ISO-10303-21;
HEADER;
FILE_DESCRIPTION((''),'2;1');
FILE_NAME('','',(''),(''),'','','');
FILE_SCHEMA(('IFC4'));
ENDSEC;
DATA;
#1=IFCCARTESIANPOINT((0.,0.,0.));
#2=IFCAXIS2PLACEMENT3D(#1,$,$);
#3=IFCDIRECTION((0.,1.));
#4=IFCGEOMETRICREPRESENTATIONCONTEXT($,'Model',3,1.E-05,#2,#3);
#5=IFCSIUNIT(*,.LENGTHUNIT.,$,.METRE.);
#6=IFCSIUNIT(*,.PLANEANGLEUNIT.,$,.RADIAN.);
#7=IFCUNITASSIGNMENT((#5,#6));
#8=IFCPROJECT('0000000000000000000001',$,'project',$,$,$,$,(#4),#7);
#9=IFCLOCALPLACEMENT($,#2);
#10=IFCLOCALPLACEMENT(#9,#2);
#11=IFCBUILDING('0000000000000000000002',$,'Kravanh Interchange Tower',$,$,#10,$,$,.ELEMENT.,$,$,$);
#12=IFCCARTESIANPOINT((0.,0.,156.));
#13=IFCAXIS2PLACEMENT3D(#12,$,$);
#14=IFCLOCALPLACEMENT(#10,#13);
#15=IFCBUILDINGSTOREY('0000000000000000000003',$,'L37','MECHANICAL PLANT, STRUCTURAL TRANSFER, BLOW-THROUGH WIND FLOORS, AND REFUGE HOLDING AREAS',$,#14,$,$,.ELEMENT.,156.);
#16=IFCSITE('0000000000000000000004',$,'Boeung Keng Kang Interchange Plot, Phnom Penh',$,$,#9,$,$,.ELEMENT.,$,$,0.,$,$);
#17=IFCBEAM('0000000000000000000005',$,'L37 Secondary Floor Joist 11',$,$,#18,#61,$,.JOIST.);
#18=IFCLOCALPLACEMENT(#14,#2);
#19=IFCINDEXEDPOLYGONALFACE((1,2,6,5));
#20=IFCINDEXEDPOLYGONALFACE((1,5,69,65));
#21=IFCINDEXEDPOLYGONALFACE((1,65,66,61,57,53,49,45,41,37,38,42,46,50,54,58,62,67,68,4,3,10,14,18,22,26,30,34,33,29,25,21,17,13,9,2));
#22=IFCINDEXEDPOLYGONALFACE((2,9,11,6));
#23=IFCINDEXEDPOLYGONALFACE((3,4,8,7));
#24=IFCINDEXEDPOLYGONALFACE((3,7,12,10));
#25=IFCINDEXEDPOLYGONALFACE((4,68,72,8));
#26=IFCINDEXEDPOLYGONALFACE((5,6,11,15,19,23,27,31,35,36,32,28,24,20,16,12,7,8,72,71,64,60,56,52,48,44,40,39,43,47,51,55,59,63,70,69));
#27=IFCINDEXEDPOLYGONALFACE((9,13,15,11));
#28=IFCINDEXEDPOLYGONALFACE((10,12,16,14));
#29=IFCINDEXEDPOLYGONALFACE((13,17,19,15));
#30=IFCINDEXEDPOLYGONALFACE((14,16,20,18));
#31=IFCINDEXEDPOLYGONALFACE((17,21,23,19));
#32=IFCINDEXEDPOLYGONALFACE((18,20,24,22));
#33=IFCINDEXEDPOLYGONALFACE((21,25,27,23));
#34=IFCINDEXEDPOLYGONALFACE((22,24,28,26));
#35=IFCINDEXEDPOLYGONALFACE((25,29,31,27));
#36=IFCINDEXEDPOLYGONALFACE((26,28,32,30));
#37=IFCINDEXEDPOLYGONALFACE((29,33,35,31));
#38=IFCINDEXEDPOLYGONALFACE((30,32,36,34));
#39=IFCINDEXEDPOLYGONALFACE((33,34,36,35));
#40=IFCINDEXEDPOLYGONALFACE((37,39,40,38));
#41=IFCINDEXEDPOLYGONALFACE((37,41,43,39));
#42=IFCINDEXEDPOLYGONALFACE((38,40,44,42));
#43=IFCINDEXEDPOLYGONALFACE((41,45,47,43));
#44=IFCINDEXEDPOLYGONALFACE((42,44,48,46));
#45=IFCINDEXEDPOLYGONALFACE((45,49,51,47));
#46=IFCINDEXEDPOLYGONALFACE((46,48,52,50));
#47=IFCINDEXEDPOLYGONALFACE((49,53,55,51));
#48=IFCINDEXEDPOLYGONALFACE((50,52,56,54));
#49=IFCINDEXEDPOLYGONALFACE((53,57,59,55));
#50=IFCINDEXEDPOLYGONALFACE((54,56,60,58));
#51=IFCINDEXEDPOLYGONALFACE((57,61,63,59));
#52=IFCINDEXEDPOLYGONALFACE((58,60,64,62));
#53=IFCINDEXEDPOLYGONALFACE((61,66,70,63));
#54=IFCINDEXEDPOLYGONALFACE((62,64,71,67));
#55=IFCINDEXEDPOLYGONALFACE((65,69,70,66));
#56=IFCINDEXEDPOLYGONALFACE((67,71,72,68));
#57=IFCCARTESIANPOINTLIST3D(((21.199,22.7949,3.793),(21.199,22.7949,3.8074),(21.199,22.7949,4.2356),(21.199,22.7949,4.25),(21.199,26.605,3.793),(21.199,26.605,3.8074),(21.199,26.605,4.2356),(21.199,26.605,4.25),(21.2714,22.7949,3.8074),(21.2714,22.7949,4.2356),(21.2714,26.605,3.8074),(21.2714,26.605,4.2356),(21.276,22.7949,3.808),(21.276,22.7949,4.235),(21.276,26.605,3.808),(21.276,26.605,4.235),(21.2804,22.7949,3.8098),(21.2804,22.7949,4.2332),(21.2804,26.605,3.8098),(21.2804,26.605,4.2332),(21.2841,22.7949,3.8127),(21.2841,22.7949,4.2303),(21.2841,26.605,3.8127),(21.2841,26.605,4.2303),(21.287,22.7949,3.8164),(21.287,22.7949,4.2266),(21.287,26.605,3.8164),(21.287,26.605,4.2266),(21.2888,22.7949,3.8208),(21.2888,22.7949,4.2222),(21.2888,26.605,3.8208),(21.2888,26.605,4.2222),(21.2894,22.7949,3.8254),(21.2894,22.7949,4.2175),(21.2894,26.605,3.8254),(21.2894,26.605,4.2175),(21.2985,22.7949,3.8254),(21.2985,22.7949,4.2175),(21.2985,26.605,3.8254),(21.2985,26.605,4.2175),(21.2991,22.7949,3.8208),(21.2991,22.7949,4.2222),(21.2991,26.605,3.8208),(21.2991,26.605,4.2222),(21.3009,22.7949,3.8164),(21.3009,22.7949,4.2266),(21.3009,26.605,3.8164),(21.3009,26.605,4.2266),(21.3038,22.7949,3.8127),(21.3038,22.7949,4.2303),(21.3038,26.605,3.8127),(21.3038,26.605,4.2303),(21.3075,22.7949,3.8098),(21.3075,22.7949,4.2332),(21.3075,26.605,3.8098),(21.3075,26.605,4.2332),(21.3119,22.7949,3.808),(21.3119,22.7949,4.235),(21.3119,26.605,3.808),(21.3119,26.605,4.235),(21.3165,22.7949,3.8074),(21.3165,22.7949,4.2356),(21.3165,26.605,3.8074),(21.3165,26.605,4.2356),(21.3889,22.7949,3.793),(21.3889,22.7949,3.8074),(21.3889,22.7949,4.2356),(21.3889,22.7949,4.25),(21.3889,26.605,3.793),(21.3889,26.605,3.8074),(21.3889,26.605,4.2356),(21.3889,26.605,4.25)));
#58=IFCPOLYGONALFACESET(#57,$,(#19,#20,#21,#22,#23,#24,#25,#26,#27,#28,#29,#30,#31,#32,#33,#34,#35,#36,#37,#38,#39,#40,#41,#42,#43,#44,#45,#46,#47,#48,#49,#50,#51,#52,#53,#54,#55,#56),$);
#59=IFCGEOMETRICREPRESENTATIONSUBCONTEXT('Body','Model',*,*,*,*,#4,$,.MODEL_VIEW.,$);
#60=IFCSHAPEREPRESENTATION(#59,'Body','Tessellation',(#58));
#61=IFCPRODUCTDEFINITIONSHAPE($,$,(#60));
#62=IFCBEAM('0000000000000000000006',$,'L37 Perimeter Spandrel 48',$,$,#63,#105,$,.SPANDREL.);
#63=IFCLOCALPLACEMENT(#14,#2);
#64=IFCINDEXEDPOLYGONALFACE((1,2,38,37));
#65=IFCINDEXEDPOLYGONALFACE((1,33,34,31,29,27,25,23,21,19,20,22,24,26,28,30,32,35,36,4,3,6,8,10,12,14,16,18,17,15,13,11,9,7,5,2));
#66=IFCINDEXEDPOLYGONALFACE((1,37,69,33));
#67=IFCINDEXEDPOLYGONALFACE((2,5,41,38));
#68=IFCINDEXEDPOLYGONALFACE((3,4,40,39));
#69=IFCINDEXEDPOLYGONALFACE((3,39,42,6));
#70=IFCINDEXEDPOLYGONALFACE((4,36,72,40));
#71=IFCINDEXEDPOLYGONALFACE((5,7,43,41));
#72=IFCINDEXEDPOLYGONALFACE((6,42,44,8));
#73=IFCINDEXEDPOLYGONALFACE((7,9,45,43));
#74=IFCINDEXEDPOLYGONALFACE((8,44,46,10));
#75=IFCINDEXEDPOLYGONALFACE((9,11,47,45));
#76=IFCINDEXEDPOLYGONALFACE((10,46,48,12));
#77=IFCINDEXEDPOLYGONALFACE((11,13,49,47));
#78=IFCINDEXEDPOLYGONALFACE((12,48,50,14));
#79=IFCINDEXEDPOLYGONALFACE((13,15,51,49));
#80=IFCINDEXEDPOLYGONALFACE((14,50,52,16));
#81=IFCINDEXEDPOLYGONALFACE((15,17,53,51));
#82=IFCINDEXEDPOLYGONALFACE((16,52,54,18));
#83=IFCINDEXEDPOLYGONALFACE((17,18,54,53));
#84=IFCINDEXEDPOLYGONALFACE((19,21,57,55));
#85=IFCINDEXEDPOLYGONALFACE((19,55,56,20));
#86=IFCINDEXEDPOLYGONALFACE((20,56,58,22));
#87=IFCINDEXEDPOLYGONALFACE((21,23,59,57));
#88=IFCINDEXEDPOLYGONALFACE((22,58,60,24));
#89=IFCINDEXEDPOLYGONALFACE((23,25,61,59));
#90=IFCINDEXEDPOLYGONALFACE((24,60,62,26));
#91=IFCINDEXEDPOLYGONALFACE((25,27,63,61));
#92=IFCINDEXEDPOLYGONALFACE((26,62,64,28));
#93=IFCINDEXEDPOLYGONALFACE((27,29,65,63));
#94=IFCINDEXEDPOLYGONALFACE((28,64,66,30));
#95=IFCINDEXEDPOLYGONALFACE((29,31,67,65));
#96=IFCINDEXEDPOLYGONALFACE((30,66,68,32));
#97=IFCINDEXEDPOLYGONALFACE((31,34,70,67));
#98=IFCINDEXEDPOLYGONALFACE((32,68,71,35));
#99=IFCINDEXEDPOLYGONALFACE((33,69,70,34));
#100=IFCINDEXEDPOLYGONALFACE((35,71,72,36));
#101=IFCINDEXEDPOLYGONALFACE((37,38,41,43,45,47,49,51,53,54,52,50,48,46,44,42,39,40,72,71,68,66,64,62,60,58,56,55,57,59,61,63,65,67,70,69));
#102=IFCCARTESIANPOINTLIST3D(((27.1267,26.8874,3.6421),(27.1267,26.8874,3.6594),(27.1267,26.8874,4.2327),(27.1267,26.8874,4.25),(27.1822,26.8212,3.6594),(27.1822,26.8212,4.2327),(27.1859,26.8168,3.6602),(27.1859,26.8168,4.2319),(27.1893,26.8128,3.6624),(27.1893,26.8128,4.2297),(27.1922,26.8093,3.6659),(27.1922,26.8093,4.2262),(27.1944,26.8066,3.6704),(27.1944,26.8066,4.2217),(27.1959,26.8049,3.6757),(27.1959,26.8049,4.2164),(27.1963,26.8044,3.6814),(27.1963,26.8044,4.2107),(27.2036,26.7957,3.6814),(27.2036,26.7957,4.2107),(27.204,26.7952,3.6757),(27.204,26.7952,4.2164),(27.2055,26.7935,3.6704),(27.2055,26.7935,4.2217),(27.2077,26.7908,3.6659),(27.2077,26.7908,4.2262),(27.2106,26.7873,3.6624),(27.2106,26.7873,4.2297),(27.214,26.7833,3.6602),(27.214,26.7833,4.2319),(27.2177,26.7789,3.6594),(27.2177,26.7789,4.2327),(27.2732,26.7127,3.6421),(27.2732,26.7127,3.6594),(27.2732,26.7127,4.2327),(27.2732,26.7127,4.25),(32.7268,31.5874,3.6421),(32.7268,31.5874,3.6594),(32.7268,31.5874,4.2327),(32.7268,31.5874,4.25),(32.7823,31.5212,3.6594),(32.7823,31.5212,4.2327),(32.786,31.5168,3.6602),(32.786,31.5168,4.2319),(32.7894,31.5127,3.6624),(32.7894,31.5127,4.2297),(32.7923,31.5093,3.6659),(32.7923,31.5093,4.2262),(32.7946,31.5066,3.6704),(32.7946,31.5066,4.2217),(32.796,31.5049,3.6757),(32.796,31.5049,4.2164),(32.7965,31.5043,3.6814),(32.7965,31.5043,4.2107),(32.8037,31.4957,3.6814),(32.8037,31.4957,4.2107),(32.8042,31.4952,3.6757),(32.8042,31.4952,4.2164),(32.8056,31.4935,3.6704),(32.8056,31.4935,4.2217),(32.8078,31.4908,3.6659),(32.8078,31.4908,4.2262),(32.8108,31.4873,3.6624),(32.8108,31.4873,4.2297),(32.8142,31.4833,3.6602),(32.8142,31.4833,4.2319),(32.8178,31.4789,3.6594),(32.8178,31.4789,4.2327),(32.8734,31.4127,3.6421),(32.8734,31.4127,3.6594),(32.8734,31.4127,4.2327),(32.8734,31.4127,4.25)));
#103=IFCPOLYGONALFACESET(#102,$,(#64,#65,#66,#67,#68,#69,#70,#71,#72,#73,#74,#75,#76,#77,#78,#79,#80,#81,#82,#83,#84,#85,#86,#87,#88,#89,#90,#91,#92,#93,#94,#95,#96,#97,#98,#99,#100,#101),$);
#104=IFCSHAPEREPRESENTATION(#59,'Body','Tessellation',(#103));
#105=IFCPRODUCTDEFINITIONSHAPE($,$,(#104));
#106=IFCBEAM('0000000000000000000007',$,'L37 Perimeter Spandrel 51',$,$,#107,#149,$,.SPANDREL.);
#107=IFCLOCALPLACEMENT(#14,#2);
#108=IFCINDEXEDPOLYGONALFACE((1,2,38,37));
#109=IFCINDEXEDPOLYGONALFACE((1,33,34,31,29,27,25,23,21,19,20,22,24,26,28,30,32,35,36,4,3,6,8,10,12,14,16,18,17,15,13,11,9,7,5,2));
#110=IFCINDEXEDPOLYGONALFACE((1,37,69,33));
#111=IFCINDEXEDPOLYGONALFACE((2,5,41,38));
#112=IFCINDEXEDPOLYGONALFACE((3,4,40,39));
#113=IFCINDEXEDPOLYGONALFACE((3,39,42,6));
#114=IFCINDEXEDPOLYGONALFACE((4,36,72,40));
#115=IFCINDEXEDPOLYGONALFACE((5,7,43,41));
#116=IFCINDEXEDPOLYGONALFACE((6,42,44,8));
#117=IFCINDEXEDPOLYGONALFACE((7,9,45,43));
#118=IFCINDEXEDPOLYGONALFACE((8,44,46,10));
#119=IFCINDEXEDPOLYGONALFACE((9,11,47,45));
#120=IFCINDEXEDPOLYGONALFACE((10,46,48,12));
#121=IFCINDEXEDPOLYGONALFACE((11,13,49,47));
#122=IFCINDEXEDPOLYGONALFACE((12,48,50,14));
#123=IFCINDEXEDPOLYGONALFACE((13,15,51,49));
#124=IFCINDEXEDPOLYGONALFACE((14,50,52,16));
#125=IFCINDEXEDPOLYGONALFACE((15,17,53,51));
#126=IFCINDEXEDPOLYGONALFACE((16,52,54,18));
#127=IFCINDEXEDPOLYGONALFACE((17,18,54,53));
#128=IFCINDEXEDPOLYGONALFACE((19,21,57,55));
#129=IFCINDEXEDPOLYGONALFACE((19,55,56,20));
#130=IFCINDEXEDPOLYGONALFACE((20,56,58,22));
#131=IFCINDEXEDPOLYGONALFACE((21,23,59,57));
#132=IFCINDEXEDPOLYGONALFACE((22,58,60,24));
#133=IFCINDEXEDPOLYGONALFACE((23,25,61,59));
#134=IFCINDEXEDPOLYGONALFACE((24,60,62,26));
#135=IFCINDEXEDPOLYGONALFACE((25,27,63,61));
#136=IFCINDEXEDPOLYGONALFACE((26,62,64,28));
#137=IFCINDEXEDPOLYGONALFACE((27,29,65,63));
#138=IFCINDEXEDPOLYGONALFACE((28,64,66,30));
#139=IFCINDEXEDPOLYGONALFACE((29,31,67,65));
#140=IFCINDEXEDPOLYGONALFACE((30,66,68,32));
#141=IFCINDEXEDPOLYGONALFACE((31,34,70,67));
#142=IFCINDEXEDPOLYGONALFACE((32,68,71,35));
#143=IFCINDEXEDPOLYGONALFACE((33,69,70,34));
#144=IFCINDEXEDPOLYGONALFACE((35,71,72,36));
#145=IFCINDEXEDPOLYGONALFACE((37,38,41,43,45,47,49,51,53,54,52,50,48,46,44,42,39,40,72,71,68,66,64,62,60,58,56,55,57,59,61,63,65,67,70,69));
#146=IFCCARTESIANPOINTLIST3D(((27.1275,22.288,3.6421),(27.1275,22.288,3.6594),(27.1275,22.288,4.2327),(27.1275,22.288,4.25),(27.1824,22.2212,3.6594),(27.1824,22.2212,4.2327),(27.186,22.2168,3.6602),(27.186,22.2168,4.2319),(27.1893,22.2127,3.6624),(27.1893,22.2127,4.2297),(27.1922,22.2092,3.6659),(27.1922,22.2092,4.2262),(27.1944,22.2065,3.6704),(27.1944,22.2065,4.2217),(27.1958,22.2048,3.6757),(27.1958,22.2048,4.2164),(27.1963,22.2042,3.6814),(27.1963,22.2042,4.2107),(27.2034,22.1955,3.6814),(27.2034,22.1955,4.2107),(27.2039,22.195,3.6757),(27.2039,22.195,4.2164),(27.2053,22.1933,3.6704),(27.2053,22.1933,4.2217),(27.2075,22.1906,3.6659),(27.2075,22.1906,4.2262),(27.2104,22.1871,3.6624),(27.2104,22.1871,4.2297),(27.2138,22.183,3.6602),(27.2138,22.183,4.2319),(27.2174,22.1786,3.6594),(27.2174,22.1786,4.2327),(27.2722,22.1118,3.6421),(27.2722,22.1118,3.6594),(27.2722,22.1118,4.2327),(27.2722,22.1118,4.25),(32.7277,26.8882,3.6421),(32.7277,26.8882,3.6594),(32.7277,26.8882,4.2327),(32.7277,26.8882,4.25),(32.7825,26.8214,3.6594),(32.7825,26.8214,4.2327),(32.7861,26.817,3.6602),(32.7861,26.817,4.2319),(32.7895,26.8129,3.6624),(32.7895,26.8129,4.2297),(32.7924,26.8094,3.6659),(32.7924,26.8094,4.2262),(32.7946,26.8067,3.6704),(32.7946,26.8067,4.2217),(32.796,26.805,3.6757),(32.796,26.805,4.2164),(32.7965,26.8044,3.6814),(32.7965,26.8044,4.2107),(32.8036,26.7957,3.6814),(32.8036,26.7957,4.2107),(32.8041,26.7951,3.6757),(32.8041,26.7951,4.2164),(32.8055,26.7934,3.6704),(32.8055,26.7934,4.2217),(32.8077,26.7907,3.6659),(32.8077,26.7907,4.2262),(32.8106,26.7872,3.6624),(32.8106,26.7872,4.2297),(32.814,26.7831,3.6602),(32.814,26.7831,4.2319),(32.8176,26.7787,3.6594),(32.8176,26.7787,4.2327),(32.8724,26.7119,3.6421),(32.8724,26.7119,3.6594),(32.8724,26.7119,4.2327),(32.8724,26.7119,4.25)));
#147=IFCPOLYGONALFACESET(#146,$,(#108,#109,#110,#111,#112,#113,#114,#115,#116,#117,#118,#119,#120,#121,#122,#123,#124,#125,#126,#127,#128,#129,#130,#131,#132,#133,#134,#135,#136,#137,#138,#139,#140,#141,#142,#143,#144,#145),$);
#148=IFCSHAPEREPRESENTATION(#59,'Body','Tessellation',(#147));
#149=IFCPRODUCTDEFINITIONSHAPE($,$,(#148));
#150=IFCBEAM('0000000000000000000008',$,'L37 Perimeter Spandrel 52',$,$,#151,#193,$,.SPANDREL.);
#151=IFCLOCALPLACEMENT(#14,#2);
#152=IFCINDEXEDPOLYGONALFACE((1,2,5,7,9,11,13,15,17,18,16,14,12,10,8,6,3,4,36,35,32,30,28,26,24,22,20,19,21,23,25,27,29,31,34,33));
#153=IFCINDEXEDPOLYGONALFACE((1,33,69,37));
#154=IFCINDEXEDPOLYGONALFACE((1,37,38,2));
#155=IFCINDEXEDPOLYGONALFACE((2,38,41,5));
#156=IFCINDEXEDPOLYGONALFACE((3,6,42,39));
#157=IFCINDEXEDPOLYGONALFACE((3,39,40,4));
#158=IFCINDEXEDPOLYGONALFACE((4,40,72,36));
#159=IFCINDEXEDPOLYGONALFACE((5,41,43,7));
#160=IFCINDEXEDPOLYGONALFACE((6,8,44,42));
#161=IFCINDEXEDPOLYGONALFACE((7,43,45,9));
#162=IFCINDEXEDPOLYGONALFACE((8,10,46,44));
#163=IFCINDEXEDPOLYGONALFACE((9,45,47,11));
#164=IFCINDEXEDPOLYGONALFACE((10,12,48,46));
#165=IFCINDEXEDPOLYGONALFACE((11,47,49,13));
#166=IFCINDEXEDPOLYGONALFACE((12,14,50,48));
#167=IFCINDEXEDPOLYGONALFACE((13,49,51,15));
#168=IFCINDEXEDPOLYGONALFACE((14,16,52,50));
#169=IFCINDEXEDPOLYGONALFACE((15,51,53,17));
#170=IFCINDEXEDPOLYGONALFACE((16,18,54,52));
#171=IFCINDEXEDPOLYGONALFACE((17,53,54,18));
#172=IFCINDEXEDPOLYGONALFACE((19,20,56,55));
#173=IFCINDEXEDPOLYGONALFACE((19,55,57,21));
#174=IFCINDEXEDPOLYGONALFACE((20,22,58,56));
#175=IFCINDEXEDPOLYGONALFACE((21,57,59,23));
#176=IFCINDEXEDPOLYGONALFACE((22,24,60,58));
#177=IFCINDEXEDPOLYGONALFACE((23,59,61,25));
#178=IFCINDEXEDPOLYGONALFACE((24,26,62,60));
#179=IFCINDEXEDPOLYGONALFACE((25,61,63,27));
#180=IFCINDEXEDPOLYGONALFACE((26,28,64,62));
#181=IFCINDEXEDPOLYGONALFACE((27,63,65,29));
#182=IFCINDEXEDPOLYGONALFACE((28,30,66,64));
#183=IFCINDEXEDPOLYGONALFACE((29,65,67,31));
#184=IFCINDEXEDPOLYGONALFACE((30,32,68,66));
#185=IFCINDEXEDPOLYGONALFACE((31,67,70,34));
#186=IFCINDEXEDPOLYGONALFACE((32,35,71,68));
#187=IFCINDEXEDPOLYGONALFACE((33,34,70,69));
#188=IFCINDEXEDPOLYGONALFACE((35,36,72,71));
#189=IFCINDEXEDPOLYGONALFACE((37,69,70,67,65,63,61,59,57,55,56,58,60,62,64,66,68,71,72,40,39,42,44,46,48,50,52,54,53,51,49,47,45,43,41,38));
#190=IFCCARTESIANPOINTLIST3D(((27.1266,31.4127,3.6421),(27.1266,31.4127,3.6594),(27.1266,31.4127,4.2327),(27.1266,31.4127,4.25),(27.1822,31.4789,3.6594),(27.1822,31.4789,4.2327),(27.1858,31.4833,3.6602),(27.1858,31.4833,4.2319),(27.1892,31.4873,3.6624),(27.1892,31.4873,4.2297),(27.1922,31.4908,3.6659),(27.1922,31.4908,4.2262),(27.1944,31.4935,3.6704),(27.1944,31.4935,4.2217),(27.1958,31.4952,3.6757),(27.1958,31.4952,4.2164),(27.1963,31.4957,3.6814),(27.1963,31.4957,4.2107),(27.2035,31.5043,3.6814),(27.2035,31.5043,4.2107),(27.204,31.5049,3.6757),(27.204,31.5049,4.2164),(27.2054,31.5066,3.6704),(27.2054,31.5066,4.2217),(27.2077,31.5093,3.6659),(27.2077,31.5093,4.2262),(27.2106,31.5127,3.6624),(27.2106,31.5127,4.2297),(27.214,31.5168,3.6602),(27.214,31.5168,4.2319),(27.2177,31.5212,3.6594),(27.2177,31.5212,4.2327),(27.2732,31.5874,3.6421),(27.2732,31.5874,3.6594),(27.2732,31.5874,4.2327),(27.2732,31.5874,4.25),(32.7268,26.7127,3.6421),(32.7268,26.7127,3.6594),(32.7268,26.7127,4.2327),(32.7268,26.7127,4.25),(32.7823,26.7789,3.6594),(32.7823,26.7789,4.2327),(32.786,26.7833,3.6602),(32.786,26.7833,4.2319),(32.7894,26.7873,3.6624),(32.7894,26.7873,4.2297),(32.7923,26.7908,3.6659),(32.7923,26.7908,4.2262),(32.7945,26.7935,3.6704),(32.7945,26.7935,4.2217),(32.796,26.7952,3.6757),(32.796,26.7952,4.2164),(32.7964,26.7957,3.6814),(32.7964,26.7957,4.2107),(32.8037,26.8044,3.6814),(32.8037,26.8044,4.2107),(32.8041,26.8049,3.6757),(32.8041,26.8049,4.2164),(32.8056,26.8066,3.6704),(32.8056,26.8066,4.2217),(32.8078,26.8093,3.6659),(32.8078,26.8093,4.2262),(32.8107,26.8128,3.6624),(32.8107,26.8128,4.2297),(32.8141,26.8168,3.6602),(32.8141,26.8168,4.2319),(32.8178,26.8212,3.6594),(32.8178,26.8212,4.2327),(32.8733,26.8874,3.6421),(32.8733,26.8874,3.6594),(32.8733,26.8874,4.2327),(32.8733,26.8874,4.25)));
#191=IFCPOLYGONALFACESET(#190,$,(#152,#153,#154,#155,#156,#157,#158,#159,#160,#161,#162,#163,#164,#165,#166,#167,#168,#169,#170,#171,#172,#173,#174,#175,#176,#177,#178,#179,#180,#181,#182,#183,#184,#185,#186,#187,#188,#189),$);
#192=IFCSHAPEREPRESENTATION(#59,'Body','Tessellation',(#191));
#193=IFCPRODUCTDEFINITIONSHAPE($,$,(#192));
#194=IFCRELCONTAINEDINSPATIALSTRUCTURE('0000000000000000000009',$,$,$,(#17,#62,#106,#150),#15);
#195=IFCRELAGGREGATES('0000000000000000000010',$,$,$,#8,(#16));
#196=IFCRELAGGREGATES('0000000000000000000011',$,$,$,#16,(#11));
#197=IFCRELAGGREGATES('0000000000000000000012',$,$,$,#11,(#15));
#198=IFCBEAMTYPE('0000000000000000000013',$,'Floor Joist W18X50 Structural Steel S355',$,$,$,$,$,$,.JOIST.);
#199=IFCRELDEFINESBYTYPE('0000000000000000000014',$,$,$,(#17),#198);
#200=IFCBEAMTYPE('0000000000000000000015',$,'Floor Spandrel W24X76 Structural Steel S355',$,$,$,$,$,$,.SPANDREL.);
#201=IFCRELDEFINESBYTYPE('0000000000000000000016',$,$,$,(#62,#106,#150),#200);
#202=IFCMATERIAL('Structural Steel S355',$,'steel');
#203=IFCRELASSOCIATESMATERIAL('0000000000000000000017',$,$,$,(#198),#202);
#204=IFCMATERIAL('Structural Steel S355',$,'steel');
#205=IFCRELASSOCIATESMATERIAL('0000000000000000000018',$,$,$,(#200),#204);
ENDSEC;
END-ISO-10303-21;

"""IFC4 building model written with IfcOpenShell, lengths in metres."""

from ifc_helpers import new_model, si_unit, direction, frame, origin, origin_2d, place, context, subcontext, project, spatial, i_section, extrude, material, material_profile, profile_set, type_object, element, save


model = new_model("IFC4")

# Units and contexts
model_context = context("Model", 3, precision=1e-05, world=origin(), true_north=direction((0.0, 1.0)))
body_context = subcontext(model_context, "Body", "Model", "MODEL_VIEW")
ifc_project = project(units=[si_unit("LENGTHUNIT", "METRE"), si_unit("PLANEANGLEUNIT", "RADIAN")], contexts=[model_context])

# Site, building, storey
site_placement = place(None, origin())
site = spatial("IfcSite", under=ifc_project, at=site_placement, Name="Boeung Keng Kang Interchange Plot, Phnom Penh", CompositionType="ELEMENT", RefElevation=0.0)
building_placement = place(site_placement, origin())
building = spatial("IfcBuilding", under=site, at=building_placement, Name="Kravanh Interchange Tower", CompositionType="ELEMENT")
storey_placement = place(building_placement, frame((0.0, 0.0, 156.0)))
storey = spatial("IfcBuildingStorey", under=building, at=storey_placement, Name="L37", Description="MECHANICAL PLANT, STRUCTURAL TRANSFER, BLOW-THROUGH WIND FLOORS, AND REFUGE HOLDING AREAS", CompositionType="ELEMENT", Elevation=156.0)

# Beams
ifc_material_1 = material(Name="Structural Steel S355", Category="steel")
ifc_material_profile_1 = material_profile(ifc_material_1, i_section(OverallWidth=0.1899, OverallDepth=0.457, WebThickness=0.009, FlangeThickness=0.0144, FilletRadius=0.0181, at=origin_2d()), Name="W18X50")
ifc_profile_set_1 = profile_set([ifc_material_profile_1], Name="Structural Steel S355")
beam_type_1 = type_object("IfcBeamType", Name="Floor Joist W18X50 Structural Steel S355", PredefinedType="JOIST", material=ifc_profile_set_1)
beam_1_placement = place(storey_placement, frame((21.2939, 22.7949, 4.0215), z_axis=(0.0, 1.0, 0.0), x_axis=(-1.0, 0.0, 0.0)))
element("IfcBeam", 1, at=beam_1_placement, inside=storey, type_object=beam_type_1, Name="L37 Secondary Floor Joist 11", PredefinedType="JOIST", context=body_context, shape_type="SweptSolid", body=[
    extrude(i_section(OverallWidth=0.1899, OverallDepth=0.457, WebThickness=0.009, FlangeThickness=0.0144, FilletRadius=0.0181, at=origin_2d()), origin(), (0.0, 0.0, 1.0), 3.8101),
])
ifc_material_2 = material(Name="Structural Steel S355", Category="steel")
ifc_material_profile_2 = material_profile(ifc_material_2, i_section(OverallWidth=0.228, OverallDepth=0.6079, WebThickness=0.0112, FlangeThickness=0.0173, FilletRadius=0.022, at=origin_2d()), Name="W24X76")
ifc_profile_set_2 = profile_set([ifc_material_profile_2], Name="Structural Steel S355")
beam_type_2 = type_object("IfcBeamType", Name="Floor Spandrel W24X76 Structural Steel S355", PredefinedType="SPANDREL", material=ifc_profile_set_2)
beam_2_placement = place(storey_placement, frame((27.2, 26.8, 3.946), z_axis=(0.765983, 0.642861, 0.0), x_axis=(-0.642861, 0.765983, 0.0)))
element("IfcBeam", 2, at=beam_2_placement, inside=storey, type_object=beam_type_2, Name="L37 Perimeter Spandrel 48", PredefinedType="SPANDREL", context=body_context, shape_type="SweptSolid", body=[
    extrude(i_section(OverallWidth=0.228, OverallDepth=0.6079, WebThickness=0.0112, FlangeThickness=0.0173, FilletRadius=0.022, at=origin_2d()), origin(), (0.0, 0.0, 1.0), 7.311),
])
beam_3_placement = place(storey_placement, frame((32.8, 26.8, 3.946), z_axis=(-0.772725, -0.634741, 0.0), x_axis=(0.634741, -0.772725, 0.0)))
element("IfcBeam", 3, at=beam_3_placement, inside=storey, type_object=beam_type_2, Name="L37 Perimeter Spandrel 51", PredefinedType="SPANDREL", context=body_context, shape_type="SweptSolid", body=[
    extrude(i_section(OverallWidth=0.228, OverallDepth=0.6079, WebThickness=0.0112, FlangeThickness=0.0173, FilletRadius=0.022, at=origin_2d()), origin(), (0.0, 0.0, 1.0), 7.2473),
])
beam_4_placement = place(storey_placement, frame((32.8, 26.8, 3.946), z_axis=(-0.765983, 0.642861, 0.0), x_axis=(-0.642861, -0.765983, 0.0)))
element("IfcBeam", 4, at=beam_4_placement, inside=storey, type_object=beam_type_2, Name="L37 Perimeter Spandrel 52", PredefinedType="SPANDREL", context=body_context, shape_type="SweptSolid", body=[
    extrude(i_section(OverallWidth=0.228, OverallDepth=0.6079, WebThickness=0.0112, FlangeThickness=0.0173, FilletRadius=0.022, at=origin_2d()), origin(), (0.0, 0.0, 1.0), 7.311),
])

save(model, "model.ifc")
